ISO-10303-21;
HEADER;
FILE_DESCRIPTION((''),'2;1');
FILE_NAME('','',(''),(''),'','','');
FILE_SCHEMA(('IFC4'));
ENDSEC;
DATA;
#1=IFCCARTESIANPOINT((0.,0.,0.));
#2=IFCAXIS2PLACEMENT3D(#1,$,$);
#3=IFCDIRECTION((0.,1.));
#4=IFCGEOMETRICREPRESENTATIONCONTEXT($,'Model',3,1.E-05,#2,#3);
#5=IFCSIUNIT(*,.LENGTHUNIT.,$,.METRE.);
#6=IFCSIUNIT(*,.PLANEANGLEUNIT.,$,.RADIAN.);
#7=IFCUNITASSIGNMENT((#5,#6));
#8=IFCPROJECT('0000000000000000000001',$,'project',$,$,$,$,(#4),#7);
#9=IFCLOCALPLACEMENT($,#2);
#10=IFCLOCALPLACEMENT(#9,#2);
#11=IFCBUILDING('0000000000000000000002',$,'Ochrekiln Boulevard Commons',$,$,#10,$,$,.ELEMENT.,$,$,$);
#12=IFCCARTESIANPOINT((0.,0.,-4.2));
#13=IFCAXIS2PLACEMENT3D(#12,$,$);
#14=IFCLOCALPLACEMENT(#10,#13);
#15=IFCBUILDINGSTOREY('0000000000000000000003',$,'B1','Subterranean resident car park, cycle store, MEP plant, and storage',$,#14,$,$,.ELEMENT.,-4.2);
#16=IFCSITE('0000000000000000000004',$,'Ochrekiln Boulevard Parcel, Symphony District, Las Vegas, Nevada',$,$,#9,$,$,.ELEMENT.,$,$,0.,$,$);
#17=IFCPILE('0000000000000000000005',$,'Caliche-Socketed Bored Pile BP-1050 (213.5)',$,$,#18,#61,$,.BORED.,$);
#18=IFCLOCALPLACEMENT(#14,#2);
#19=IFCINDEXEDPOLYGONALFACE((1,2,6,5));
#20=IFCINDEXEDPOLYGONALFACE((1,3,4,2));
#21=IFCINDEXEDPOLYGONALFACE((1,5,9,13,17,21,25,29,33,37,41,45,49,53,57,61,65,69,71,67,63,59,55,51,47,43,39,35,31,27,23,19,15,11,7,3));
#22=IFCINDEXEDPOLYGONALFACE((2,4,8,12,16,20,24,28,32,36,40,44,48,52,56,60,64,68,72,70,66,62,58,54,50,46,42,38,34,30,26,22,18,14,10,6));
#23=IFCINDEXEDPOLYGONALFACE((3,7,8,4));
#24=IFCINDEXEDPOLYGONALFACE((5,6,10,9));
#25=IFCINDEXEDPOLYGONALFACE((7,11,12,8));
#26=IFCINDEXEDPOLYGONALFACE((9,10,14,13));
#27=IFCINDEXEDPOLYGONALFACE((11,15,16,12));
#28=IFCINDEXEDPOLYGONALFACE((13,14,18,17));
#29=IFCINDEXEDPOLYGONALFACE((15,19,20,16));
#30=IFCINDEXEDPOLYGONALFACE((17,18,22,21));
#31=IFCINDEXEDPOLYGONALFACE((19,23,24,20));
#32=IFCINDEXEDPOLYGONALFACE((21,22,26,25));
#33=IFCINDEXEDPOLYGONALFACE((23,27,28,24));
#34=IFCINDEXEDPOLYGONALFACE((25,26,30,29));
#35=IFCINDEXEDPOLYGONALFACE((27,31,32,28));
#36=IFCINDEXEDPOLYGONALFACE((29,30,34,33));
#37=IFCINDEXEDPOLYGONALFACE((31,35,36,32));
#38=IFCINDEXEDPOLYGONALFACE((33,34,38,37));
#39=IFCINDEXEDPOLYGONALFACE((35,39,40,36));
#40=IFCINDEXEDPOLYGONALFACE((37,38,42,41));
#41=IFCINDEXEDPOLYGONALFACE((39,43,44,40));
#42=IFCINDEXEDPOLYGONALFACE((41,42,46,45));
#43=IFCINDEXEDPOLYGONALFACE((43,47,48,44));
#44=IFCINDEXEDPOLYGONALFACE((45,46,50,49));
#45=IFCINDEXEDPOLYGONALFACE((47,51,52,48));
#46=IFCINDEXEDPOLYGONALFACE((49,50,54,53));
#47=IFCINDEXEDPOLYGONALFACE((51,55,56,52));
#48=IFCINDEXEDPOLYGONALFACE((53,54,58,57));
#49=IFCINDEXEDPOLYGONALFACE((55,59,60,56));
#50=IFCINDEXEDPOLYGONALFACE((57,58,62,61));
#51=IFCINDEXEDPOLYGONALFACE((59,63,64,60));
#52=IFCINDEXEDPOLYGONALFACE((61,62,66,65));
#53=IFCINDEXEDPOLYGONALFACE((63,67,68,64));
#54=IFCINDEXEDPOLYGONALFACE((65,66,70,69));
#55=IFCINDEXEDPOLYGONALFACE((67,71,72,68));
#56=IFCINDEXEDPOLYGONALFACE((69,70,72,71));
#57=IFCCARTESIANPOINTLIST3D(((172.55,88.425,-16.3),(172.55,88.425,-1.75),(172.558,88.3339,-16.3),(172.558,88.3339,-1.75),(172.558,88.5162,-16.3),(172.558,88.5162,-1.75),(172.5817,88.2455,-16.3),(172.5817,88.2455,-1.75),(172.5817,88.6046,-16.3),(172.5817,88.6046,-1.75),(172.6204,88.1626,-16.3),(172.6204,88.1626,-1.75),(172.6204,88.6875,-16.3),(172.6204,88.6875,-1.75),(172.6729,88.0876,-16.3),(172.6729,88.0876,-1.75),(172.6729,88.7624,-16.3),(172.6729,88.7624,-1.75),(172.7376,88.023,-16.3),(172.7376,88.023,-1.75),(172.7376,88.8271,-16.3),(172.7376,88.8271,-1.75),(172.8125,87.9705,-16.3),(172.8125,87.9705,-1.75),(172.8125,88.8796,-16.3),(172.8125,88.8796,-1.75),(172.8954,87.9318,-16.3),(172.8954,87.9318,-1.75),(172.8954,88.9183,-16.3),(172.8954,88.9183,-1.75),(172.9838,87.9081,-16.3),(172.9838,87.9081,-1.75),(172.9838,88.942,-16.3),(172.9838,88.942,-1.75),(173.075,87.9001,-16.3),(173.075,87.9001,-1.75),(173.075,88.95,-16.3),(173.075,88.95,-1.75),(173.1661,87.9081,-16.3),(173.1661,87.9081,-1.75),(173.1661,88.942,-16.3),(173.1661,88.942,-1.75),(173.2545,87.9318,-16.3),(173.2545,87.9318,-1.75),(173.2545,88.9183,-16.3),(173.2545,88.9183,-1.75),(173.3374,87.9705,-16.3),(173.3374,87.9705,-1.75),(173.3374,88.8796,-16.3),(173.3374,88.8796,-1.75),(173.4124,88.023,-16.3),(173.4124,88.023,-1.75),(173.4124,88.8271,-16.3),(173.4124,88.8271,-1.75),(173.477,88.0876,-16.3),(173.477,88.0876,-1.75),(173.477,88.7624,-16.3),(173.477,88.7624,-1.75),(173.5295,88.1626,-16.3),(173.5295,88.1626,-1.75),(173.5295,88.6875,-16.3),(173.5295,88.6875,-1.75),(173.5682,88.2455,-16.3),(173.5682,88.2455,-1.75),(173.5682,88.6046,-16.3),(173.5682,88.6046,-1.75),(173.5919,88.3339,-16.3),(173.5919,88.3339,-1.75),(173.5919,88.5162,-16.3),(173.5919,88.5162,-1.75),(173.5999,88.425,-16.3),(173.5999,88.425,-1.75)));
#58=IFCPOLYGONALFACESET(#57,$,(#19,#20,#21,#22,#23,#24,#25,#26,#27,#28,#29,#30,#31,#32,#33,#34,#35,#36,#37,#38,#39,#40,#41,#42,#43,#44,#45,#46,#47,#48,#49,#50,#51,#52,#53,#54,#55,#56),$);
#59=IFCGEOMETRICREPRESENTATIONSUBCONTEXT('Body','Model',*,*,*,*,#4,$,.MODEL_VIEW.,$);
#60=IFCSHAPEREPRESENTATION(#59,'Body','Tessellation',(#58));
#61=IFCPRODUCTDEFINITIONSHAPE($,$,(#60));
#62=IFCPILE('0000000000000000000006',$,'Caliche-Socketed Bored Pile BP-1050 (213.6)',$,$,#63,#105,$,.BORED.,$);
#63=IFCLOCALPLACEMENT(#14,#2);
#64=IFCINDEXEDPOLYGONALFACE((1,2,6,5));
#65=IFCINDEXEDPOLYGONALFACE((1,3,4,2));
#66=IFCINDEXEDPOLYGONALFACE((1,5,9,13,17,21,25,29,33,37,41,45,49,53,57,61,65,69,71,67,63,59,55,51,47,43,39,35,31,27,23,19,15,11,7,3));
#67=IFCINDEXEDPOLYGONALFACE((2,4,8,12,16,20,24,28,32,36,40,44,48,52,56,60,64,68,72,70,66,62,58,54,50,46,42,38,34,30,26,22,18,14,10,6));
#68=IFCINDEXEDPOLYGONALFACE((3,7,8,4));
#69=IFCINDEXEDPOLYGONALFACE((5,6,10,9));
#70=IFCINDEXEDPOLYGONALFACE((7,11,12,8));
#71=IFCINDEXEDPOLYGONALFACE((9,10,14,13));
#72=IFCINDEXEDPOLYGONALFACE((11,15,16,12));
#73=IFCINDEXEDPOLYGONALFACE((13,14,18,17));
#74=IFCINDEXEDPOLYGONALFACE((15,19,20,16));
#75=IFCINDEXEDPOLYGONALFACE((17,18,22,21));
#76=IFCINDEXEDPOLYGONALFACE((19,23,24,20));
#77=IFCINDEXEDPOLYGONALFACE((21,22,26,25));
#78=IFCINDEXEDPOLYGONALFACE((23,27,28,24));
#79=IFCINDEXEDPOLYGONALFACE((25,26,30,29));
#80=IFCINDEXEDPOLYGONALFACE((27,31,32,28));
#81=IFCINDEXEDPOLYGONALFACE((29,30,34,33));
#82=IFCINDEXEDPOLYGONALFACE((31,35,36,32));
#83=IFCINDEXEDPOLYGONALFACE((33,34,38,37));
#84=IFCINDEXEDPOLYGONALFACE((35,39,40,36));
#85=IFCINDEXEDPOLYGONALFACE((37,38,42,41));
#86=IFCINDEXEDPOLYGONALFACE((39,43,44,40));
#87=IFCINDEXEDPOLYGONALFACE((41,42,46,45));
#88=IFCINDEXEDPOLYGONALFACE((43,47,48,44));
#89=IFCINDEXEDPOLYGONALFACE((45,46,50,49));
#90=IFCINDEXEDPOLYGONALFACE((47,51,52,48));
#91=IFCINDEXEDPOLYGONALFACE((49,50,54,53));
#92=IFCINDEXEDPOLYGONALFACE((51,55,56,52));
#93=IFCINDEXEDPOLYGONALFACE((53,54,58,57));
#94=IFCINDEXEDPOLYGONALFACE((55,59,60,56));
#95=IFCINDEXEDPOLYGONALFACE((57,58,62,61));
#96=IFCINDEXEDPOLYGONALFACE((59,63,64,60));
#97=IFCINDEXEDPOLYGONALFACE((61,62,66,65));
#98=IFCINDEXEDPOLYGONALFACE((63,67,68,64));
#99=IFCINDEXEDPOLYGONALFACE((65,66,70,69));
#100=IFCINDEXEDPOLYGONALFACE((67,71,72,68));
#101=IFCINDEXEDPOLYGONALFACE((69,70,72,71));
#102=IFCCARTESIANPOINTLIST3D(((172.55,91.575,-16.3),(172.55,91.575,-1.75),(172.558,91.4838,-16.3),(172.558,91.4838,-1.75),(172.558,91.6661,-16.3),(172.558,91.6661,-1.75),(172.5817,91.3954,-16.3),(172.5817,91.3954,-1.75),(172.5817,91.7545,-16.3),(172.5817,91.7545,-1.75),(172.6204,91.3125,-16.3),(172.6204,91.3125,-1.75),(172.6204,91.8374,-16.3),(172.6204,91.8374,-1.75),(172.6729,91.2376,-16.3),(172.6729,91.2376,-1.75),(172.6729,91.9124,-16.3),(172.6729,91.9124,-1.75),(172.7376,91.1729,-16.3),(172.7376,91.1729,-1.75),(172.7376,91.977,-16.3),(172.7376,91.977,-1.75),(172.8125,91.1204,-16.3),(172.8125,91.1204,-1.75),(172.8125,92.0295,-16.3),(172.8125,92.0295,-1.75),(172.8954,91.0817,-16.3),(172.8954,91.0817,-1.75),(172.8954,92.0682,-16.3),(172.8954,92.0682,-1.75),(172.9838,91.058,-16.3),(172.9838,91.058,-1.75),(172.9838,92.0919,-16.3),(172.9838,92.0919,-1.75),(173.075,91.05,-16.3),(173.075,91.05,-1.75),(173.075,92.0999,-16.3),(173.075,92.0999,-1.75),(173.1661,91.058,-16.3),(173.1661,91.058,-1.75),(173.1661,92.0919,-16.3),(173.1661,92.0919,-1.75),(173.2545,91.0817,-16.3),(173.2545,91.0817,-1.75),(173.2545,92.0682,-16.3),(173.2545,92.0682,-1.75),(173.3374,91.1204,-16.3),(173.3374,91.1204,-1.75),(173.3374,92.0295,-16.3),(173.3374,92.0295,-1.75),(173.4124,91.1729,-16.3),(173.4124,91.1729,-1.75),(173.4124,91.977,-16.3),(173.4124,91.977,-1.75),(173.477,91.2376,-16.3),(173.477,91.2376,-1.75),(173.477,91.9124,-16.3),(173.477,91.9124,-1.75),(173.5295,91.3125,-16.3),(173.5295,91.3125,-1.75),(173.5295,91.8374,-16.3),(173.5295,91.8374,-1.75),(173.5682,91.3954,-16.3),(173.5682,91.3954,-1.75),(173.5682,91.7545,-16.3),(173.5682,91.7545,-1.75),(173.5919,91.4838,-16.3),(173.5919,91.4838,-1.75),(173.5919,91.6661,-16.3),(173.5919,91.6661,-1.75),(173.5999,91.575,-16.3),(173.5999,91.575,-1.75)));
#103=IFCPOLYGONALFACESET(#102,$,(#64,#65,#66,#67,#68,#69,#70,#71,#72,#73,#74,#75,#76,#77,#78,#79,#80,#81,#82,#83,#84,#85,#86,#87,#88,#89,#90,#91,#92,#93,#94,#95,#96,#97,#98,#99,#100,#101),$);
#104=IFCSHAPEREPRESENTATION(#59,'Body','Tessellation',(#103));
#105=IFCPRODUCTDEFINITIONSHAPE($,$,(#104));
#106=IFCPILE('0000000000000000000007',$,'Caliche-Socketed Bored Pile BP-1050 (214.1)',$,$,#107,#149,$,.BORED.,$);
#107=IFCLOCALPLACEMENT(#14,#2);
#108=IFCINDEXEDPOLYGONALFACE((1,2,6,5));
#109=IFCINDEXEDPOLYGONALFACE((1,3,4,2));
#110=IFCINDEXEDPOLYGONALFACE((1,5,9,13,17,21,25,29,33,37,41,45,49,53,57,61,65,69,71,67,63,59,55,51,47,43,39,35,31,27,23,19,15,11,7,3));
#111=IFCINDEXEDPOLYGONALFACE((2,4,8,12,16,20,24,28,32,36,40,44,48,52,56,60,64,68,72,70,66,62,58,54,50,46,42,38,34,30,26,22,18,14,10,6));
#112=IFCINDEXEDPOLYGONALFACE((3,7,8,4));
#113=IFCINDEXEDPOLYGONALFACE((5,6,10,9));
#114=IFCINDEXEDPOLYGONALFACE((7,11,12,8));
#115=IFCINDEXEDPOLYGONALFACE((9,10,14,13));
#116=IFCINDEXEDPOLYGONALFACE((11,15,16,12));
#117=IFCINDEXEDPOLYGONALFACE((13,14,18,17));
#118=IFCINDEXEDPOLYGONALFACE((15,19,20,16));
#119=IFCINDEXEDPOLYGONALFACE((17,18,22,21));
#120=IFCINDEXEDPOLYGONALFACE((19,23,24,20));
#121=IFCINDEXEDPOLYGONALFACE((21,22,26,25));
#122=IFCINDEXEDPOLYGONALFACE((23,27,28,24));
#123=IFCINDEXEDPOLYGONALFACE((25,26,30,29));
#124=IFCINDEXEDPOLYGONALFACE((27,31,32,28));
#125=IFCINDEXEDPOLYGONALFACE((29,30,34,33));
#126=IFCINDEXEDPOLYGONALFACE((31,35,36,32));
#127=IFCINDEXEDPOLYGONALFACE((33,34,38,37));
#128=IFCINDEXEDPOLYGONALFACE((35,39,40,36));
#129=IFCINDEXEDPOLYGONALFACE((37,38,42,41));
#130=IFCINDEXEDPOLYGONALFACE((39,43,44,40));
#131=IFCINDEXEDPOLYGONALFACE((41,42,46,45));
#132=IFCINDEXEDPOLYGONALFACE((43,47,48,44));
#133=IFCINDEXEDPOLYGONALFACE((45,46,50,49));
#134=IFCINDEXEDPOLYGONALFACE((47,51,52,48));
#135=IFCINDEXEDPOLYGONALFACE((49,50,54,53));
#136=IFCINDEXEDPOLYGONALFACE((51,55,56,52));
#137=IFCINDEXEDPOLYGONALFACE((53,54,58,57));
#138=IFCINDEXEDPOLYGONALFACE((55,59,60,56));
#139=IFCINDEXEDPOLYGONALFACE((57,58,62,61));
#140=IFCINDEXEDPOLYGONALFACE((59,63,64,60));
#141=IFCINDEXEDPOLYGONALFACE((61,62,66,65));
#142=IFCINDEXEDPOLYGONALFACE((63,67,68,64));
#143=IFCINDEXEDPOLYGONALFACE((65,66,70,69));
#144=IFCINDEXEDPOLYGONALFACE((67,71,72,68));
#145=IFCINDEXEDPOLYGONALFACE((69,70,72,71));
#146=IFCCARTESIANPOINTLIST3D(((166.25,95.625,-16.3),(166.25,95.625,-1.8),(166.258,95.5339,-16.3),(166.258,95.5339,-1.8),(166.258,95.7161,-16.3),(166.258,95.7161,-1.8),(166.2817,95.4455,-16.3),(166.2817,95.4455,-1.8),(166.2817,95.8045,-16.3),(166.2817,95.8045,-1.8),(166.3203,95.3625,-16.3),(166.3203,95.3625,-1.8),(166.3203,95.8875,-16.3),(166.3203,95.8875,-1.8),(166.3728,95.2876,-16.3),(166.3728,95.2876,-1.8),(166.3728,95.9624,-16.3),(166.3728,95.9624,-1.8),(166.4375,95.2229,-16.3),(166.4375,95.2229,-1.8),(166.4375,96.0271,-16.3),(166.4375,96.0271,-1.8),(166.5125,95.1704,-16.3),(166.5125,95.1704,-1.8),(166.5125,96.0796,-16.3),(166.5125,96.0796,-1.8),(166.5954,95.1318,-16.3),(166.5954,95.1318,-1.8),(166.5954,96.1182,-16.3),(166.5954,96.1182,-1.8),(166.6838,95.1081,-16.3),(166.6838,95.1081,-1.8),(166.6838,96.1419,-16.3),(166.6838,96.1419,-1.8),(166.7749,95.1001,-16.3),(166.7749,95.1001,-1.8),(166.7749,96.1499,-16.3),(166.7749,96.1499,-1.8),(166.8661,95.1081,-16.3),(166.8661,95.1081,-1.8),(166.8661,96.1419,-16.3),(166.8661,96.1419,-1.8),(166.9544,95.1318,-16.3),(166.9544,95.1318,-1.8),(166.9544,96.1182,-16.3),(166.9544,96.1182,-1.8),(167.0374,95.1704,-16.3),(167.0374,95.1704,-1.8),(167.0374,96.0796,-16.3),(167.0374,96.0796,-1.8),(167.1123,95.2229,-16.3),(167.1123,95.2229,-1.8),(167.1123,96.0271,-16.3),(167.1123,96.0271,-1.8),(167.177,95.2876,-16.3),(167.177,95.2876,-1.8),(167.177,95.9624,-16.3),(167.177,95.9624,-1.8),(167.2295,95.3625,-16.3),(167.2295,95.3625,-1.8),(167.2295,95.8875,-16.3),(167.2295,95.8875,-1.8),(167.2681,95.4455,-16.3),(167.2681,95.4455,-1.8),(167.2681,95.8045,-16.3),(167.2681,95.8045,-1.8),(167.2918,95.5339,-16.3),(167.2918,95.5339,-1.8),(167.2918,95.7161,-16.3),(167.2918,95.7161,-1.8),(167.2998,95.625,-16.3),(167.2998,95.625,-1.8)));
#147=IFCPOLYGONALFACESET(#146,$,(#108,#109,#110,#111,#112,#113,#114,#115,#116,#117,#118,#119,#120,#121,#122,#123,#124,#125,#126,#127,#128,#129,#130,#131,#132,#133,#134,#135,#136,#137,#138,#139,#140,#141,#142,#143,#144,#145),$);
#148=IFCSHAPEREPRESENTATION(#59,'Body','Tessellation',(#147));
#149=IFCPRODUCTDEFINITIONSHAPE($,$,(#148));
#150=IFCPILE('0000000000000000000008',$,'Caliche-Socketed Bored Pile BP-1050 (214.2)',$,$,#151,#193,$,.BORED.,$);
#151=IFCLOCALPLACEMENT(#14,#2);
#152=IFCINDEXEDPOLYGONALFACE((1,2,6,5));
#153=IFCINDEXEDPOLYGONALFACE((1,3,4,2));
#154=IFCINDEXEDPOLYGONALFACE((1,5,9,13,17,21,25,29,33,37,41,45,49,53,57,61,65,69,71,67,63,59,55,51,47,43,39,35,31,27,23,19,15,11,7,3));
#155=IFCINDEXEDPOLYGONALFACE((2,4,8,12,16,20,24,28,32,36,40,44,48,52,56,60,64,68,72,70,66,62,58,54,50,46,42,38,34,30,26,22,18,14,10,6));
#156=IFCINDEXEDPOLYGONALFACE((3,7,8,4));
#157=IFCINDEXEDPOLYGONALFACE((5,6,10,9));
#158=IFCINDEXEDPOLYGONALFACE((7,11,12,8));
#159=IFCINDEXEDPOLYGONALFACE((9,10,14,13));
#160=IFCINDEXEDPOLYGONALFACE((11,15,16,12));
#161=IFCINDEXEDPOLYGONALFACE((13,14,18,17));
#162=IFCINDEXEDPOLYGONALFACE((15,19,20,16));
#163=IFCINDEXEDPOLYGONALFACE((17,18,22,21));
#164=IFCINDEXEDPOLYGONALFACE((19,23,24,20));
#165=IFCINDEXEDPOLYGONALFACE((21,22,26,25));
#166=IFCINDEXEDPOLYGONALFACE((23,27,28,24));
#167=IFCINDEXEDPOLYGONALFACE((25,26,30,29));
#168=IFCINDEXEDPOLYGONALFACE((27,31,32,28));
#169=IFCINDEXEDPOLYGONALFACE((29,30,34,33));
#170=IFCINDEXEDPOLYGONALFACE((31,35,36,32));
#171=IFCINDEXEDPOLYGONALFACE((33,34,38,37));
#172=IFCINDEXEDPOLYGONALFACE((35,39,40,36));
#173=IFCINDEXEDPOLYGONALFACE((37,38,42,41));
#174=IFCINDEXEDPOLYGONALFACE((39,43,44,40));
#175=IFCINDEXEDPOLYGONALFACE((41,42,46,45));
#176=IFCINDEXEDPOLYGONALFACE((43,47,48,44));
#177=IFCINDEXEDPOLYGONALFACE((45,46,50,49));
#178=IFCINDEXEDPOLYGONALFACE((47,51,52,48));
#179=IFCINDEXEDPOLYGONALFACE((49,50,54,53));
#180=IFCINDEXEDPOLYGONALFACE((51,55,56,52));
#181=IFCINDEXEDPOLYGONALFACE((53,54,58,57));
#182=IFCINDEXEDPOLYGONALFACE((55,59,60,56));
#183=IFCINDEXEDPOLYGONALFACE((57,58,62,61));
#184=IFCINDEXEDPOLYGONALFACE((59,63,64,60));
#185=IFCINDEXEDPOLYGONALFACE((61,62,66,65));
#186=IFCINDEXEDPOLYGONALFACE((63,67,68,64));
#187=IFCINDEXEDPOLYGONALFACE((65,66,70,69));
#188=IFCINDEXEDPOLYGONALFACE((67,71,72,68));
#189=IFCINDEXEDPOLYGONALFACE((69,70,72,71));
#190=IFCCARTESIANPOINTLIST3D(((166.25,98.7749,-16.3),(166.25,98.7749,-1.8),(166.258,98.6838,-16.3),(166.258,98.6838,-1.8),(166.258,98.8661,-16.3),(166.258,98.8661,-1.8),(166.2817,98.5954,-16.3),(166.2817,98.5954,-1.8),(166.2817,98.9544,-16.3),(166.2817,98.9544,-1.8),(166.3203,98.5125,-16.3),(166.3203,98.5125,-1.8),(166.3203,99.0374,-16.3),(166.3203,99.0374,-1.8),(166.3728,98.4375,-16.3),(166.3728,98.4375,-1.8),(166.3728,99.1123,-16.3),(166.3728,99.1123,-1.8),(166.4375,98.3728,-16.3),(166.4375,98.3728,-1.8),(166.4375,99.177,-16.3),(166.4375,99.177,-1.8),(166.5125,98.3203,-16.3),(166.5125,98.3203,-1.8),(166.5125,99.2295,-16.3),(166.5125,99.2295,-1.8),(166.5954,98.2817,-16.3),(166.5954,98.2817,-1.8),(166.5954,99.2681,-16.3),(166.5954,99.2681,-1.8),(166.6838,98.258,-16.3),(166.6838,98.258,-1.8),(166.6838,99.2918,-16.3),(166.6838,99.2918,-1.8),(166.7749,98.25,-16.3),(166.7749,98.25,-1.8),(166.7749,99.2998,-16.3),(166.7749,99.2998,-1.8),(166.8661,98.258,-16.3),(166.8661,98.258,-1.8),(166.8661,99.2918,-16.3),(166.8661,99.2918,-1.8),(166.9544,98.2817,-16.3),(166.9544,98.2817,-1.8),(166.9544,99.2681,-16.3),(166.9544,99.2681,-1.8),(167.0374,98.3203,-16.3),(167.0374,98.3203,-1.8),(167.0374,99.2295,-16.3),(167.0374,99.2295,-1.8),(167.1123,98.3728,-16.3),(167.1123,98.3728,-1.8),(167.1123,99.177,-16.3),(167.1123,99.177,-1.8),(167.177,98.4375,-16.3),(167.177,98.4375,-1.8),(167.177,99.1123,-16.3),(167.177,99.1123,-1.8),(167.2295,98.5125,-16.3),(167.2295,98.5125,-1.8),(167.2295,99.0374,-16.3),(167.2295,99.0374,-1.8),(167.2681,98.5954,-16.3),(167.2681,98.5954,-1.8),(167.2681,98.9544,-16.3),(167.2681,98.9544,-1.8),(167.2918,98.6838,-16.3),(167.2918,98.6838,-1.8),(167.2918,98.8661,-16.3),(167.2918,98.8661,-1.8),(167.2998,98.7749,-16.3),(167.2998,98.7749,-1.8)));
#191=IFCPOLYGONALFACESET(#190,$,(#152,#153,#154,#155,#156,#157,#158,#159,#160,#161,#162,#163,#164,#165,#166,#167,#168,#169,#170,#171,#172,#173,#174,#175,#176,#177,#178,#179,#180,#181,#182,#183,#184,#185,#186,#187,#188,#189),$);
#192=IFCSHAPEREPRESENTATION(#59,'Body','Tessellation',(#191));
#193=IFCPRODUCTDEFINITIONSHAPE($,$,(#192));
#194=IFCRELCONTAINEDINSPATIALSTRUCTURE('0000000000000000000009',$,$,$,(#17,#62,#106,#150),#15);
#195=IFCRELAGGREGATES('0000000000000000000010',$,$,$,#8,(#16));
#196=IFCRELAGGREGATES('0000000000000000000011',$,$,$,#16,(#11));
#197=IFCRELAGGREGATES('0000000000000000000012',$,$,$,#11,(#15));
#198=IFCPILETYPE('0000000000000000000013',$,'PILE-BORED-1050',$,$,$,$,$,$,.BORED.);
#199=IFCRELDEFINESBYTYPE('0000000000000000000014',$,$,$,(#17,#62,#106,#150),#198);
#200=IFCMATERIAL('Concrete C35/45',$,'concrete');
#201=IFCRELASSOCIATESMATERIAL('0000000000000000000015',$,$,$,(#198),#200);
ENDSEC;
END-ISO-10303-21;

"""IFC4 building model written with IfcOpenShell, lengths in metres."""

from ifc_helpers import new_model, si_unit, direction, frame, origin, origin_2d, place, context, subcontext, project, spatial, circle, extrude, material, material_profile, profile_set, type_object, element, save


model = new_model("IFC4")

# Units and contexts
model_context = context("Model", 3, precision=1e-05, world=origin(), true_north=direction((0.0, 1.0)))
body_context = subcontext(model_context, "Body", "Model", "MODEL_VIEW")
ifc_project = project(units=[si_unit("LENGTHUNIT", "METRE"), si_unit("PLANEANGLEUNIT", "RADIAN")], contexts=[model_context])

# Site, building, storey
site_placement = place(None, origin())
site = spatial("IfcSite", under=ifc_project, at=site_placement, Name="Ochrekiln Boulevard Parcel, Symphony District, Las Vegas, Nevada", CompositionType="ELEMENT", RefElevation=0.0)
building_placement = place(site_placement, origin())
building = spatial("IfcBuilding", under=site, at=building_placement, Name="Ochrekiln Boulevard Commons", CompositionType="ELEMENT")
storey_placement = place(building_placement, frame((0.0, 0.0, -4.2)))
storey = spatial("IfcBuildingStorey", under=building, at=storey_placement, Name="B1", Description="Subterranean resident car park, cycle store, MEP plant, and storage", CompositionType="ELEMENT", Elevation=-4.2)

# Shared definitions
ifc_material_1 = material(Name="Concrete C35/45", Category="concrete")

# Piles
ifc_material_profile_1 = material_profile(ifc_material_1, circle(Radius=0.5249, at=origin_2d()), Name="PILE-D1050")
ifc_profile_set_1 = profile_set([ifc_material_profile_1], Name="Concrete C35/45")
pile_type = type_object("IfcPileType", Name="PILE-BORED-1050", PredefinedType="BORED", material=ifc_profile_set_1)
for number, where, z_axis, x_axis, name in (
    (1, (173.075, 88.425, -1.75), (0.0, 0.0, -1.0), (1.0, 0.0, 0.0), "Caliche-Socketed Bored Pile BP-1050 (213.5)"),
    (2, (173.075, 91.575, -1.75), (0.0, 0.0, -1.0), (1.0, 0.0, 0.0), "Caliche-Socketed Bored Pile BP-1050 (213.6)"),
):
    element("IfcPile", number, at=place(storey_placement, frame(where, z_axis=z_axis, x_axis=x_axis)), inside=storey, type_object=pile_type, Name=name, PredefinedType="BORED", context=body_context, shape_type="SweptSolid", body=[
        extrude(circle(Radius=0.5249, at=origin_2d()), origin(), (0.0, 0.0, 1.0), 14.55),
    ])
for number, where, z_axis, x_axis, name in (
    (3, (166.7749, 95.625, -1.8), (0.0, 0.0, -1.0), (1.0, 0.0, 0.0), "Caliche-Socketed Bored Pile BP-1050 (214.1)"),
    (4, (166.7749, 98.7749, -1.8), (0.0, 0.0, -1.0), (1.0, 0.0, 0.0), "Caliche-Socketed Bored Pile BP-1050 (214.2)"),
):
    element("IfcPile", number, at=place(storey_placement, frame(where, z_axis=z_axis, x_axis=x_axis)), inside=storey, type_object=pile_type, Name=name, PredefinedType="BORED", context=body_context, shape_type="SweptSolid", body=[
        extrude(circle(Radius=0.5249, at=origin_2d()), origin(), (0.0, 0.0, 1.0), 14.5),
    ])

save(model, "model.ifc")
